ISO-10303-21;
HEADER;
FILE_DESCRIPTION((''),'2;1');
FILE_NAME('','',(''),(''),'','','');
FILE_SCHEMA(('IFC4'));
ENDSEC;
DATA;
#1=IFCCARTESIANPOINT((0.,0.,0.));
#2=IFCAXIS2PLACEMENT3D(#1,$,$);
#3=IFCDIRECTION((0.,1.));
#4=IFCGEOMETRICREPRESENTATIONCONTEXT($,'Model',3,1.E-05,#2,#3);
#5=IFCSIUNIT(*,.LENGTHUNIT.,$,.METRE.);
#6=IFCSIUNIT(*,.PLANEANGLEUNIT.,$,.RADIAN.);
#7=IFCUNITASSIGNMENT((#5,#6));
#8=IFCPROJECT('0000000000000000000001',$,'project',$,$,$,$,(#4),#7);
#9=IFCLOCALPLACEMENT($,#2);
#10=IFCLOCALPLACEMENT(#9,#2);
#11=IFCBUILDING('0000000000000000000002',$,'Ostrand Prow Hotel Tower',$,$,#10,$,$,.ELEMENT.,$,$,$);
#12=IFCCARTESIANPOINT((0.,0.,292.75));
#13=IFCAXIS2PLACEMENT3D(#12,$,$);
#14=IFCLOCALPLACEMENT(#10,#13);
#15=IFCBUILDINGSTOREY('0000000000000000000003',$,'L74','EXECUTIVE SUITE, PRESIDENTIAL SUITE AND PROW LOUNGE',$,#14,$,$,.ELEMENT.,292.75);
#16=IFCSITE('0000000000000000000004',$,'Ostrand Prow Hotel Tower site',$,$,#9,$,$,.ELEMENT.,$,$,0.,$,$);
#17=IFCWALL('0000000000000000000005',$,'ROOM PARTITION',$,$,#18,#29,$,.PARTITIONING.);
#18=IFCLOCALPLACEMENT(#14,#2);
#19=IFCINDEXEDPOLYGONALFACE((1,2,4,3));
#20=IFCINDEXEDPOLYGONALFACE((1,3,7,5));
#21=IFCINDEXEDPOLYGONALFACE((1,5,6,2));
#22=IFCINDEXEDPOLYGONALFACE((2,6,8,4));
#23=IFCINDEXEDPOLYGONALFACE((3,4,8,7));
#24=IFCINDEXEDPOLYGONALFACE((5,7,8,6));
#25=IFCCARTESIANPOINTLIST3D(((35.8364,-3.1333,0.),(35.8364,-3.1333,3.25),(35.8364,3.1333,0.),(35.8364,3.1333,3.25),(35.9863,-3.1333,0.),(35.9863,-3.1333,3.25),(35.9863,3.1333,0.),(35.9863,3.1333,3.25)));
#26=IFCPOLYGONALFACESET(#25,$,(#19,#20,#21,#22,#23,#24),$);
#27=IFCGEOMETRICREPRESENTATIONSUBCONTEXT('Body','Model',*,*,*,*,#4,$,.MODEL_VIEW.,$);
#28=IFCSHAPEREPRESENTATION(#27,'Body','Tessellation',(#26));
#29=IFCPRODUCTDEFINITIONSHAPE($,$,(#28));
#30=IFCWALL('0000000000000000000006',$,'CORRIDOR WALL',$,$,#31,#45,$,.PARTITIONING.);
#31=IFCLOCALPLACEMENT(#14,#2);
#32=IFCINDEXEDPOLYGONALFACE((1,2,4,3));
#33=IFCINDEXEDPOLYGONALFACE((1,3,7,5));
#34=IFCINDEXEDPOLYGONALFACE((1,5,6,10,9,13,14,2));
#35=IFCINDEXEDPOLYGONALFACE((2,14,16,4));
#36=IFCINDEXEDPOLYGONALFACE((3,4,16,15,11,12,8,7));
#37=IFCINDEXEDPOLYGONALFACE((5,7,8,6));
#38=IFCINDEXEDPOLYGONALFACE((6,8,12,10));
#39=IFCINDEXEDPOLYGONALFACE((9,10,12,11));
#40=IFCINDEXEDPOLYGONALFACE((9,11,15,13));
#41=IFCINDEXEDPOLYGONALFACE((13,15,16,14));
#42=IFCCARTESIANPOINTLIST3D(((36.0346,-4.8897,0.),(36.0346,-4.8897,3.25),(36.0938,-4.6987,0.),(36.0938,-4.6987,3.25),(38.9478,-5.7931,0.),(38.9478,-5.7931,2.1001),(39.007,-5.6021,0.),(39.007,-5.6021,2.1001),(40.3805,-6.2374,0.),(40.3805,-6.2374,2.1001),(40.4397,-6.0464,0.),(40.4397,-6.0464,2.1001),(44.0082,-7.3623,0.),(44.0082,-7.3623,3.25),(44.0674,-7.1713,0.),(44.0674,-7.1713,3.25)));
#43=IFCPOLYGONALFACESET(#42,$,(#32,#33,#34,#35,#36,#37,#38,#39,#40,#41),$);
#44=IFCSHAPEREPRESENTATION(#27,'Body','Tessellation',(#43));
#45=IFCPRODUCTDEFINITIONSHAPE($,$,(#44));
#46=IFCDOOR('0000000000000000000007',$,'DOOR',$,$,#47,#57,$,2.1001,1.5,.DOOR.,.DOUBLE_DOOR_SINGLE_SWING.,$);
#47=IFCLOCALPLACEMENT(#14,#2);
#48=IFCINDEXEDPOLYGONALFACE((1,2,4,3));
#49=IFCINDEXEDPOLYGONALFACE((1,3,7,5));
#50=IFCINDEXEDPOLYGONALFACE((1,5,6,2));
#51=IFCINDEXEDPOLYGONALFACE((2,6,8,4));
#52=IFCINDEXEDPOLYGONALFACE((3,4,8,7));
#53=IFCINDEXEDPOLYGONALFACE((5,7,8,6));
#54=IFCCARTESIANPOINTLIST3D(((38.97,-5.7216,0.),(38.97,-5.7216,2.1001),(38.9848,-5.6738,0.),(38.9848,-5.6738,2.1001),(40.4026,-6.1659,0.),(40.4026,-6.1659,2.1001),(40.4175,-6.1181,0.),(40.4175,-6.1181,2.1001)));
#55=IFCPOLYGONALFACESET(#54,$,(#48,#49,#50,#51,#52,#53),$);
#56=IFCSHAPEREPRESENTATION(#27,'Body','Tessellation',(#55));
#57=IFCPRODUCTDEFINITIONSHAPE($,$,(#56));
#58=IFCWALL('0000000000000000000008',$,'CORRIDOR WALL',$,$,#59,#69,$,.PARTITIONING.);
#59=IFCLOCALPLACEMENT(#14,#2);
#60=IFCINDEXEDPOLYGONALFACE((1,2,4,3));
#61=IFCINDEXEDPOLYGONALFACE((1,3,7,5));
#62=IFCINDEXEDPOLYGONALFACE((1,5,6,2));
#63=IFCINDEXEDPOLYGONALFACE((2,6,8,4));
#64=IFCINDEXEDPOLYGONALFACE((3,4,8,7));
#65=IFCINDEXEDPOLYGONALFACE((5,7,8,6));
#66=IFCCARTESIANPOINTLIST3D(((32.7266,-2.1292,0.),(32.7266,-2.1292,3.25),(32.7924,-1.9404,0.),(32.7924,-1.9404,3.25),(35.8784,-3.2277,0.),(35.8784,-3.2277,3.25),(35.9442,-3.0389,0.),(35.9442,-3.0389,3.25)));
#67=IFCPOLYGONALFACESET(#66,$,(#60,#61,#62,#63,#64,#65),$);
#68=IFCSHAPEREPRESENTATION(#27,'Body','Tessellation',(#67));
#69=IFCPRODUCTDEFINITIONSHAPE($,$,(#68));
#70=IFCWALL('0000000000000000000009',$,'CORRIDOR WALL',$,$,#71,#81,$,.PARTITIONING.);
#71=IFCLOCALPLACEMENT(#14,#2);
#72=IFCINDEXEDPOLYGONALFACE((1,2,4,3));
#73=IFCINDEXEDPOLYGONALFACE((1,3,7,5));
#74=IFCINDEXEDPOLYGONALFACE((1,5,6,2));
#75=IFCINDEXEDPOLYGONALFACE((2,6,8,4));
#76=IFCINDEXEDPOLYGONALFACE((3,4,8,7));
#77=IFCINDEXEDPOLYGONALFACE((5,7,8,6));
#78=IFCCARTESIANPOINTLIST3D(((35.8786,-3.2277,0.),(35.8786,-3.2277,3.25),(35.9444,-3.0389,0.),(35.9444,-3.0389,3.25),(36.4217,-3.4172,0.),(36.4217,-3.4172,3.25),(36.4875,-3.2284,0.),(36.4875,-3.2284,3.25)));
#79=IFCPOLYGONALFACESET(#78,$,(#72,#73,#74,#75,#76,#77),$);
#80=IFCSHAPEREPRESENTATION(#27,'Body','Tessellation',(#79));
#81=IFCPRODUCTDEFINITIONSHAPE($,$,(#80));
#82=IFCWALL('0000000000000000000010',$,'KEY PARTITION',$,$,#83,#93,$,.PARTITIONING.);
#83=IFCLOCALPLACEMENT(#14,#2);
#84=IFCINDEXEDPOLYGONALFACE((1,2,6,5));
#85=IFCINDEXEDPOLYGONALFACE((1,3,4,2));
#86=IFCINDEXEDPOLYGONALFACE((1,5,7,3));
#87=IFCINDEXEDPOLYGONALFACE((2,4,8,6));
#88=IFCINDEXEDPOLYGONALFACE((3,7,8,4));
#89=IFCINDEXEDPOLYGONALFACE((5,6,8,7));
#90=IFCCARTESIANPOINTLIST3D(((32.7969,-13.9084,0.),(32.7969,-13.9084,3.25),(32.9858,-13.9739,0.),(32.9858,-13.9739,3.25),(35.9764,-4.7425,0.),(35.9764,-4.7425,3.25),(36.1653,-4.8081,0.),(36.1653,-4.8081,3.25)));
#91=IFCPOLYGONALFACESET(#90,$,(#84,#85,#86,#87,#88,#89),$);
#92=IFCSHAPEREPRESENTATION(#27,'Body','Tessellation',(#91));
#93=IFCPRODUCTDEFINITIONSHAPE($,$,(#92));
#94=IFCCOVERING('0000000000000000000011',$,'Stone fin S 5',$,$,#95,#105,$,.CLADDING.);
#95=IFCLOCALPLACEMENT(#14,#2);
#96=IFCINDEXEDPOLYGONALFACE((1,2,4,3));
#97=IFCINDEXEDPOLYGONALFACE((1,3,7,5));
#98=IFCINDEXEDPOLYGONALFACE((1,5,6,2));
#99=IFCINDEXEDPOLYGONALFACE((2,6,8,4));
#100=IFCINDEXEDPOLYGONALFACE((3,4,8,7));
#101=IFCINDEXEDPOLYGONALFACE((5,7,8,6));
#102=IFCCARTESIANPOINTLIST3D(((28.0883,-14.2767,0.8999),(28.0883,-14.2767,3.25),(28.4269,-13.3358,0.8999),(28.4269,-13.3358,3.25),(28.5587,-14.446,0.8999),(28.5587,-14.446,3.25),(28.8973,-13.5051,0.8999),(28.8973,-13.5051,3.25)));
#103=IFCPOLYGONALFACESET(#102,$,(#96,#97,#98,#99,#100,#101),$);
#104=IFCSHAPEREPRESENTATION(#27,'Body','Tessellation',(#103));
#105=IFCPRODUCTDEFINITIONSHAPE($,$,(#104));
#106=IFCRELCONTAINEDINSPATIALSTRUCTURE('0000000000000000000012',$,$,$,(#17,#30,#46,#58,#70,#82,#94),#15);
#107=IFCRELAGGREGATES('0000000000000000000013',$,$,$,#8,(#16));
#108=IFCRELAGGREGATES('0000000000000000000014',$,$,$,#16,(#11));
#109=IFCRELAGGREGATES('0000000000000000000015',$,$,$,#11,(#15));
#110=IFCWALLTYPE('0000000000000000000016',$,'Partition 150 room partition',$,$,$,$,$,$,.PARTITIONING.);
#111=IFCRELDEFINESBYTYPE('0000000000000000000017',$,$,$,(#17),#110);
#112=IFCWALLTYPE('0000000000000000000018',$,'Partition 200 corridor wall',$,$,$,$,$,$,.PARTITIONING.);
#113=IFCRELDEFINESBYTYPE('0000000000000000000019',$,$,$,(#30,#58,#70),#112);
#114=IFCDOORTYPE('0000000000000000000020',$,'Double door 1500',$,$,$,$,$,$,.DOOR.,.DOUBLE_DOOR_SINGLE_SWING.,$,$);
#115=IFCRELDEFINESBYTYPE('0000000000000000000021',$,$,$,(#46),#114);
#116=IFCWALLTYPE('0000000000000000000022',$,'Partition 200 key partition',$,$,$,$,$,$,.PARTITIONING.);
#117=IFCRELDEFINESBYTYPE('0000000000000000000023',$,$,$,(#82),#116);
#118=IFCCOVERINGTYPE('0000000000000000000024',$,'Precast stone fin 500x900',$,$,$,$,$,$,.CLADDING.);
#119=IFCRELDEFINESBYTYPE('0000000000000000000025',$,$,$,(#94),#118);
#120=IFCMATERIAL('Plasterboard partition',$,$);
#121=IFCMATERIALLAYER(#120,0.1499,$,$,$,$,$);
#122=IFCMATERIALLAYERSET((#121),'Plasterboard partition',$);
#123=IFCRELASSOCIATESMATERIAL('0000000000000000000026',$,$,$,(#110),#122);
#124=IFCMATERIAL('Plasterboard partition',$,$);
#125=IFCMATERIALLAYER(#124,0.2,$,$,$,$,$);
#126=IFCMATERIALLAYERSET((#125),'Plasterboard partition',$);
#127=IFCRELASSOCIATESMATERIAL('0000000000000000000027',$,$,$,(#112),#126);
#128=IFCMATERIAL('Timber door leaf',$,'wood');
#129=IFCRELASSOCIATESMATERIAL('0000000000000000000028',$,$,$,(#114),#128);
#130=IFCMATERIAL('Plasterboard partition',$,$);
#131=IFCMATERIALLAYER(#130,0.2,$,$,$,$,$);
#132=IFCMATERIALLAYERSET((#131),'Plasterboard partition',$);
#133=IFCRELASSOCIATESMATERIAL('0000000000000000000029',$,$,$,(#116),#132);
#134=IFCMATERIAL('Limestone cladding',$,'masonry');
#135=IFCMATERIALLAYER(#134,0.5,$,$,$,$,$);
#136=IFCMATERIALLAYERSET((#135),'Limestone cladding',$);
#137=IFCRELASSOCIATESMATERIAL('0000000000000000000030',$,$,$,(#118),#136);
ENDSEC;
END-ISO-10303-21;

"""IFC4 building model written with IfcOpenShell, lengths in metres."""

from ifc_helpers import new_model, si_unit, direction, frame, frame_2d, origin, place, context, subcontext, project, spatial, rectangle, extrude, material, layer, layer_set, type_object, element, fill, save


model = new_model("IFC4")

# Units and contexts
model_context = context("Model", 3, precision=1e-05, world=origin(), true_north=direction((0.0, 1.0)))
body_context = subcontext(model_context, "Body", "Model", "MODEL_VIEW")
ifc_project = project(units=[si_unit("LENGTHUNIT", "METRE"), si_unit("PLANEANGLEUNIT", "RADIAN")], contexts=[model_context])

# Site, building, storey
site_placement = place(None, origin())
site = spatial("IfcSite", under=ifc_project, at=site_placement, Name="Ostrand Prow Hotel Tower site", CompositionType="ELEMENT", RefElevation=0.0)
building_placement = place(site_placement, origin())
building = spatial("IfcBuilding", under=site, at=building_placement, Name="Ostrand Prow Hotel Tower", CompositionType="ELEMENT")
storey_placement = place(building_placement, frame((0.0, 0.0, 292.75)))
storey = spatial("IfcBuildingStorey", under=building, at=storey_placement, Name="L74", Description="EXECUTIVE SUITE, PRESIDENTIAL SUITE AND PROW LOUNGE", CompositionType="ELEMENT", Elevation=292.75)

# Wall
ifc_material_1 = material(Name="Plasterboard partition")
ifc_layer_1 = layer(ifc_material_1, 0.1499)
ifc_layer_set_1 = layer_set([ifc_layer_1], Name="Plasterboard partition")
wall_type_1 = type_object("IfcWallType", Name="Partition 150 room partition", PredefinedType="PARTITIONING", material=ifc_layer_set_1)
wall_1_placement = place(storey_placement, frame((35.9114, -3.1333, 0.0), z_axis=(0.0, 0.0, 1.0), x_axis=(0.0, 1.0, 0.0)))
element("IfcWall", 1, at=wall_1_placement, inside=storey, type_object=wall_type_1, Name="ROOM PARTITION", PredefinedType="PARTITIONING", context=body_context, shape_type="SweptSolid", body=[
    extrude(rectangle(XDim=6.2666, YDim=0.1499, at=frame_2d((3.1333, 0.0))), origin(), (0.0, 0.0, 1.0), 3.25),
])

# Wall, opening, door
ifc_material_2 = material(Name="Plasterboard partition")
ifc_layer_2 = layer(ifc_material_2, 0.2)
ifc_layer_set_2 = layer_set([ifc_layer_2], Name="Plasterboard partition")
wall_type_2 = type_object("IfcWallType", Name="Partition 200 corridor wall", PredefinedType="PARTITIONING", material=ifc_layer_set_2)
wall_2_placement = place(storey_placement, frame((36.0642, -4.7942, 0.0), z_axis=(0.0, 0.0, 1.0), x_axis=(0.955129, -0.296189, 0.0)))
wall_2 = element("IfcWall", 2, at=wall_2_placement, inside=storey, type_object=wall_type_2, Name="CORRIDOR WALL", PredefinedType="PARTITIONING", context=body_context, shape_type="SweptSolid", body=[
    extrude(rectangle(XDim=8.3481, YDim=0.2, at=frame_2d((4.1741, 0.0))), origin(), (0.0, 0.0, 1.0), 3.25),
])
opening_1_placement = place(wall_2_placement, frame((3.05, 0.0, 0.0)))
opening_1 = element("IfcOpeningElement", 3, at=opening_1_placement, cuts=wall_2, PredefinedType="OPENING", context=body_context, shape_type="SweptSolid", body=[
    extrude(rectangle(XDim=1.5, YDim=2.1001, at=frame_2d((0.75, 1.05))), frame((0.0, 0.1099, 0.0), z_axis=(0.0, -1.0, 0.0), x_axis=(1.0, 0.0, 0.0)), (0.0, 0.0, 1.0), 0.22),
])
ifc_material_3 = material(Name="Timber door leaf", Category="wood")
door_type_1 = type_object("IfcDoorType", Name="Double door 1500", OperationType="DOUBLE_DOOR_SINGLE_SWING", PredefinedType="DOOR", material=ifc_material_3)
door_1_placement = place(opening_1_placement, origin())
door_1 = element("IfcDoor", 4, at=door_1_placement, inside=storey, type_object=door_type_1, Name="DOOR", OperationType="DOUBLE_DOOR_SINGLE_SWING", OverallHeight=2.1001, OverallWidth=1.5, PredefinedType="DOOR", context=body_context, shape_type="SweptSolid", body=[
    extrude(rectangle(XDim=1.5, YDim=2.1001, at=frame_2d((0.75, 1.05))), frame((0.0, 0.0249, 0.0), z_axis=(0.0, -1.0, 0.0), x_axis=(1.0, 0.0, 0.0)), (0.0, 0.0, 1.0), 0.05),
])
fill(opening_1, door_1)

# Walls
wall_3_placement = place(storey_placement, frame((35.9114, -3.1333, 0.0), z_axis=(0.0, 0.0, 1.0), x_axis=(-0.944294, 0.329102, 0.0)))
element("IfcWall", 5, at=wall_3_placement, inside=storey, type_object=wall_type_2, Name="CORRIDOR WALL", PredefinedType="PARTITIONING", context=body_context, shape_type="SweptSolid", body=[
    extrude(rectangle(XDim=3.3376, YDim=0.2, at=frame_2d((1.6689, 0.0))), origin(), (0.0, 0.0, 1.0), 3.25),
])
wall_4_placement = place(storey_placement, frame((36.4546, -3.3228, 0.0), z_axis=(0.0, 0.0, 1.0), x_axis=(-0.944222, 0.329311, 0.0)))
element("IfcWall", 6, at=wall_4_placement, inside=storey, type_object=wall_type_2, Name="CORRIDOR WALL", PredefinedType="PARTITIONING", context=body_context, shape_type="SweptSolid", body=[
    extrude(rectangle(XDim=0.5752, YDim=0.2, at=frame_2d((0.2876, 0.0))), origin(), (0.0, 0.0, 1.0), 3.25),
])
ifc_material_4 = material(Name="Plasterboard partition")
ifc_layer_3 = layer(ifc_material_4, 0.2)
ifc_layer_set_3 = layer_set([ifc_layer_3], Name="Plasterboard partition")
wall_type_3 = type_object("IfcWallType", Name="Partition 200 key partition", PredefinedType="PARTITIONING", material=ifc_layer_set_3)
wall_5_placement = place(storey_placement, frame((32.8914, -13.9412, 0.0), z_axis=(0.0, 0.0, 1.0), x_axis=(0.327725, 0.944773, 0.0)))
element("IfcWall", 7, at=wall_5_placement, inside=storey, type_object=wall_type_3, Name="KEY PARTITION", PredefinedType="PARTITIONING", context=body_context, shape_type="SweptSolid", body=[
    extrude(rectangle(XDim=9.7017, YDim=0.2, at=frame_2d((4.8508, 0.0))), origin(), (0.0, 0.0, 1.0), 3.25),
])

# Covering
ifc_material_5 = material(Name="Limestone cladding", Category="masonry")
ifc_layer_4 = layer(ifc_material_5, 0.5)
ifc_layer_set_4 = layer_set([ifc_layer_4], Name="Limestone cladding")
covering_type = type_object("IfcCoveringType", Name="Precast stone fin 500x900", PredefinedType="CLADDING", material=ifc_layer_set_4)
covering_placement = place(storey_placement, frame((28.6621, -13.4204, 0.8999), z_axis=(0.0, 0.0, 1.0), x_axis=(-0.338624, -0.940922, 0.0)))
element("IfcCovering", 8, at=covering_placement, inside=storey, type_object=covering_type, Name="Stone fin S 5", PredefinedType="CLADDING", context=body_context, shape_type="SweptSolid", body=[
    extrude(rectangle(XDim=1.0, YDim=0.5, at=frame_2d((0.5, 0.0))), origin(), (0.0, 0.0, 1.0), 2.3501),
])

save(model, "model.ifc")
